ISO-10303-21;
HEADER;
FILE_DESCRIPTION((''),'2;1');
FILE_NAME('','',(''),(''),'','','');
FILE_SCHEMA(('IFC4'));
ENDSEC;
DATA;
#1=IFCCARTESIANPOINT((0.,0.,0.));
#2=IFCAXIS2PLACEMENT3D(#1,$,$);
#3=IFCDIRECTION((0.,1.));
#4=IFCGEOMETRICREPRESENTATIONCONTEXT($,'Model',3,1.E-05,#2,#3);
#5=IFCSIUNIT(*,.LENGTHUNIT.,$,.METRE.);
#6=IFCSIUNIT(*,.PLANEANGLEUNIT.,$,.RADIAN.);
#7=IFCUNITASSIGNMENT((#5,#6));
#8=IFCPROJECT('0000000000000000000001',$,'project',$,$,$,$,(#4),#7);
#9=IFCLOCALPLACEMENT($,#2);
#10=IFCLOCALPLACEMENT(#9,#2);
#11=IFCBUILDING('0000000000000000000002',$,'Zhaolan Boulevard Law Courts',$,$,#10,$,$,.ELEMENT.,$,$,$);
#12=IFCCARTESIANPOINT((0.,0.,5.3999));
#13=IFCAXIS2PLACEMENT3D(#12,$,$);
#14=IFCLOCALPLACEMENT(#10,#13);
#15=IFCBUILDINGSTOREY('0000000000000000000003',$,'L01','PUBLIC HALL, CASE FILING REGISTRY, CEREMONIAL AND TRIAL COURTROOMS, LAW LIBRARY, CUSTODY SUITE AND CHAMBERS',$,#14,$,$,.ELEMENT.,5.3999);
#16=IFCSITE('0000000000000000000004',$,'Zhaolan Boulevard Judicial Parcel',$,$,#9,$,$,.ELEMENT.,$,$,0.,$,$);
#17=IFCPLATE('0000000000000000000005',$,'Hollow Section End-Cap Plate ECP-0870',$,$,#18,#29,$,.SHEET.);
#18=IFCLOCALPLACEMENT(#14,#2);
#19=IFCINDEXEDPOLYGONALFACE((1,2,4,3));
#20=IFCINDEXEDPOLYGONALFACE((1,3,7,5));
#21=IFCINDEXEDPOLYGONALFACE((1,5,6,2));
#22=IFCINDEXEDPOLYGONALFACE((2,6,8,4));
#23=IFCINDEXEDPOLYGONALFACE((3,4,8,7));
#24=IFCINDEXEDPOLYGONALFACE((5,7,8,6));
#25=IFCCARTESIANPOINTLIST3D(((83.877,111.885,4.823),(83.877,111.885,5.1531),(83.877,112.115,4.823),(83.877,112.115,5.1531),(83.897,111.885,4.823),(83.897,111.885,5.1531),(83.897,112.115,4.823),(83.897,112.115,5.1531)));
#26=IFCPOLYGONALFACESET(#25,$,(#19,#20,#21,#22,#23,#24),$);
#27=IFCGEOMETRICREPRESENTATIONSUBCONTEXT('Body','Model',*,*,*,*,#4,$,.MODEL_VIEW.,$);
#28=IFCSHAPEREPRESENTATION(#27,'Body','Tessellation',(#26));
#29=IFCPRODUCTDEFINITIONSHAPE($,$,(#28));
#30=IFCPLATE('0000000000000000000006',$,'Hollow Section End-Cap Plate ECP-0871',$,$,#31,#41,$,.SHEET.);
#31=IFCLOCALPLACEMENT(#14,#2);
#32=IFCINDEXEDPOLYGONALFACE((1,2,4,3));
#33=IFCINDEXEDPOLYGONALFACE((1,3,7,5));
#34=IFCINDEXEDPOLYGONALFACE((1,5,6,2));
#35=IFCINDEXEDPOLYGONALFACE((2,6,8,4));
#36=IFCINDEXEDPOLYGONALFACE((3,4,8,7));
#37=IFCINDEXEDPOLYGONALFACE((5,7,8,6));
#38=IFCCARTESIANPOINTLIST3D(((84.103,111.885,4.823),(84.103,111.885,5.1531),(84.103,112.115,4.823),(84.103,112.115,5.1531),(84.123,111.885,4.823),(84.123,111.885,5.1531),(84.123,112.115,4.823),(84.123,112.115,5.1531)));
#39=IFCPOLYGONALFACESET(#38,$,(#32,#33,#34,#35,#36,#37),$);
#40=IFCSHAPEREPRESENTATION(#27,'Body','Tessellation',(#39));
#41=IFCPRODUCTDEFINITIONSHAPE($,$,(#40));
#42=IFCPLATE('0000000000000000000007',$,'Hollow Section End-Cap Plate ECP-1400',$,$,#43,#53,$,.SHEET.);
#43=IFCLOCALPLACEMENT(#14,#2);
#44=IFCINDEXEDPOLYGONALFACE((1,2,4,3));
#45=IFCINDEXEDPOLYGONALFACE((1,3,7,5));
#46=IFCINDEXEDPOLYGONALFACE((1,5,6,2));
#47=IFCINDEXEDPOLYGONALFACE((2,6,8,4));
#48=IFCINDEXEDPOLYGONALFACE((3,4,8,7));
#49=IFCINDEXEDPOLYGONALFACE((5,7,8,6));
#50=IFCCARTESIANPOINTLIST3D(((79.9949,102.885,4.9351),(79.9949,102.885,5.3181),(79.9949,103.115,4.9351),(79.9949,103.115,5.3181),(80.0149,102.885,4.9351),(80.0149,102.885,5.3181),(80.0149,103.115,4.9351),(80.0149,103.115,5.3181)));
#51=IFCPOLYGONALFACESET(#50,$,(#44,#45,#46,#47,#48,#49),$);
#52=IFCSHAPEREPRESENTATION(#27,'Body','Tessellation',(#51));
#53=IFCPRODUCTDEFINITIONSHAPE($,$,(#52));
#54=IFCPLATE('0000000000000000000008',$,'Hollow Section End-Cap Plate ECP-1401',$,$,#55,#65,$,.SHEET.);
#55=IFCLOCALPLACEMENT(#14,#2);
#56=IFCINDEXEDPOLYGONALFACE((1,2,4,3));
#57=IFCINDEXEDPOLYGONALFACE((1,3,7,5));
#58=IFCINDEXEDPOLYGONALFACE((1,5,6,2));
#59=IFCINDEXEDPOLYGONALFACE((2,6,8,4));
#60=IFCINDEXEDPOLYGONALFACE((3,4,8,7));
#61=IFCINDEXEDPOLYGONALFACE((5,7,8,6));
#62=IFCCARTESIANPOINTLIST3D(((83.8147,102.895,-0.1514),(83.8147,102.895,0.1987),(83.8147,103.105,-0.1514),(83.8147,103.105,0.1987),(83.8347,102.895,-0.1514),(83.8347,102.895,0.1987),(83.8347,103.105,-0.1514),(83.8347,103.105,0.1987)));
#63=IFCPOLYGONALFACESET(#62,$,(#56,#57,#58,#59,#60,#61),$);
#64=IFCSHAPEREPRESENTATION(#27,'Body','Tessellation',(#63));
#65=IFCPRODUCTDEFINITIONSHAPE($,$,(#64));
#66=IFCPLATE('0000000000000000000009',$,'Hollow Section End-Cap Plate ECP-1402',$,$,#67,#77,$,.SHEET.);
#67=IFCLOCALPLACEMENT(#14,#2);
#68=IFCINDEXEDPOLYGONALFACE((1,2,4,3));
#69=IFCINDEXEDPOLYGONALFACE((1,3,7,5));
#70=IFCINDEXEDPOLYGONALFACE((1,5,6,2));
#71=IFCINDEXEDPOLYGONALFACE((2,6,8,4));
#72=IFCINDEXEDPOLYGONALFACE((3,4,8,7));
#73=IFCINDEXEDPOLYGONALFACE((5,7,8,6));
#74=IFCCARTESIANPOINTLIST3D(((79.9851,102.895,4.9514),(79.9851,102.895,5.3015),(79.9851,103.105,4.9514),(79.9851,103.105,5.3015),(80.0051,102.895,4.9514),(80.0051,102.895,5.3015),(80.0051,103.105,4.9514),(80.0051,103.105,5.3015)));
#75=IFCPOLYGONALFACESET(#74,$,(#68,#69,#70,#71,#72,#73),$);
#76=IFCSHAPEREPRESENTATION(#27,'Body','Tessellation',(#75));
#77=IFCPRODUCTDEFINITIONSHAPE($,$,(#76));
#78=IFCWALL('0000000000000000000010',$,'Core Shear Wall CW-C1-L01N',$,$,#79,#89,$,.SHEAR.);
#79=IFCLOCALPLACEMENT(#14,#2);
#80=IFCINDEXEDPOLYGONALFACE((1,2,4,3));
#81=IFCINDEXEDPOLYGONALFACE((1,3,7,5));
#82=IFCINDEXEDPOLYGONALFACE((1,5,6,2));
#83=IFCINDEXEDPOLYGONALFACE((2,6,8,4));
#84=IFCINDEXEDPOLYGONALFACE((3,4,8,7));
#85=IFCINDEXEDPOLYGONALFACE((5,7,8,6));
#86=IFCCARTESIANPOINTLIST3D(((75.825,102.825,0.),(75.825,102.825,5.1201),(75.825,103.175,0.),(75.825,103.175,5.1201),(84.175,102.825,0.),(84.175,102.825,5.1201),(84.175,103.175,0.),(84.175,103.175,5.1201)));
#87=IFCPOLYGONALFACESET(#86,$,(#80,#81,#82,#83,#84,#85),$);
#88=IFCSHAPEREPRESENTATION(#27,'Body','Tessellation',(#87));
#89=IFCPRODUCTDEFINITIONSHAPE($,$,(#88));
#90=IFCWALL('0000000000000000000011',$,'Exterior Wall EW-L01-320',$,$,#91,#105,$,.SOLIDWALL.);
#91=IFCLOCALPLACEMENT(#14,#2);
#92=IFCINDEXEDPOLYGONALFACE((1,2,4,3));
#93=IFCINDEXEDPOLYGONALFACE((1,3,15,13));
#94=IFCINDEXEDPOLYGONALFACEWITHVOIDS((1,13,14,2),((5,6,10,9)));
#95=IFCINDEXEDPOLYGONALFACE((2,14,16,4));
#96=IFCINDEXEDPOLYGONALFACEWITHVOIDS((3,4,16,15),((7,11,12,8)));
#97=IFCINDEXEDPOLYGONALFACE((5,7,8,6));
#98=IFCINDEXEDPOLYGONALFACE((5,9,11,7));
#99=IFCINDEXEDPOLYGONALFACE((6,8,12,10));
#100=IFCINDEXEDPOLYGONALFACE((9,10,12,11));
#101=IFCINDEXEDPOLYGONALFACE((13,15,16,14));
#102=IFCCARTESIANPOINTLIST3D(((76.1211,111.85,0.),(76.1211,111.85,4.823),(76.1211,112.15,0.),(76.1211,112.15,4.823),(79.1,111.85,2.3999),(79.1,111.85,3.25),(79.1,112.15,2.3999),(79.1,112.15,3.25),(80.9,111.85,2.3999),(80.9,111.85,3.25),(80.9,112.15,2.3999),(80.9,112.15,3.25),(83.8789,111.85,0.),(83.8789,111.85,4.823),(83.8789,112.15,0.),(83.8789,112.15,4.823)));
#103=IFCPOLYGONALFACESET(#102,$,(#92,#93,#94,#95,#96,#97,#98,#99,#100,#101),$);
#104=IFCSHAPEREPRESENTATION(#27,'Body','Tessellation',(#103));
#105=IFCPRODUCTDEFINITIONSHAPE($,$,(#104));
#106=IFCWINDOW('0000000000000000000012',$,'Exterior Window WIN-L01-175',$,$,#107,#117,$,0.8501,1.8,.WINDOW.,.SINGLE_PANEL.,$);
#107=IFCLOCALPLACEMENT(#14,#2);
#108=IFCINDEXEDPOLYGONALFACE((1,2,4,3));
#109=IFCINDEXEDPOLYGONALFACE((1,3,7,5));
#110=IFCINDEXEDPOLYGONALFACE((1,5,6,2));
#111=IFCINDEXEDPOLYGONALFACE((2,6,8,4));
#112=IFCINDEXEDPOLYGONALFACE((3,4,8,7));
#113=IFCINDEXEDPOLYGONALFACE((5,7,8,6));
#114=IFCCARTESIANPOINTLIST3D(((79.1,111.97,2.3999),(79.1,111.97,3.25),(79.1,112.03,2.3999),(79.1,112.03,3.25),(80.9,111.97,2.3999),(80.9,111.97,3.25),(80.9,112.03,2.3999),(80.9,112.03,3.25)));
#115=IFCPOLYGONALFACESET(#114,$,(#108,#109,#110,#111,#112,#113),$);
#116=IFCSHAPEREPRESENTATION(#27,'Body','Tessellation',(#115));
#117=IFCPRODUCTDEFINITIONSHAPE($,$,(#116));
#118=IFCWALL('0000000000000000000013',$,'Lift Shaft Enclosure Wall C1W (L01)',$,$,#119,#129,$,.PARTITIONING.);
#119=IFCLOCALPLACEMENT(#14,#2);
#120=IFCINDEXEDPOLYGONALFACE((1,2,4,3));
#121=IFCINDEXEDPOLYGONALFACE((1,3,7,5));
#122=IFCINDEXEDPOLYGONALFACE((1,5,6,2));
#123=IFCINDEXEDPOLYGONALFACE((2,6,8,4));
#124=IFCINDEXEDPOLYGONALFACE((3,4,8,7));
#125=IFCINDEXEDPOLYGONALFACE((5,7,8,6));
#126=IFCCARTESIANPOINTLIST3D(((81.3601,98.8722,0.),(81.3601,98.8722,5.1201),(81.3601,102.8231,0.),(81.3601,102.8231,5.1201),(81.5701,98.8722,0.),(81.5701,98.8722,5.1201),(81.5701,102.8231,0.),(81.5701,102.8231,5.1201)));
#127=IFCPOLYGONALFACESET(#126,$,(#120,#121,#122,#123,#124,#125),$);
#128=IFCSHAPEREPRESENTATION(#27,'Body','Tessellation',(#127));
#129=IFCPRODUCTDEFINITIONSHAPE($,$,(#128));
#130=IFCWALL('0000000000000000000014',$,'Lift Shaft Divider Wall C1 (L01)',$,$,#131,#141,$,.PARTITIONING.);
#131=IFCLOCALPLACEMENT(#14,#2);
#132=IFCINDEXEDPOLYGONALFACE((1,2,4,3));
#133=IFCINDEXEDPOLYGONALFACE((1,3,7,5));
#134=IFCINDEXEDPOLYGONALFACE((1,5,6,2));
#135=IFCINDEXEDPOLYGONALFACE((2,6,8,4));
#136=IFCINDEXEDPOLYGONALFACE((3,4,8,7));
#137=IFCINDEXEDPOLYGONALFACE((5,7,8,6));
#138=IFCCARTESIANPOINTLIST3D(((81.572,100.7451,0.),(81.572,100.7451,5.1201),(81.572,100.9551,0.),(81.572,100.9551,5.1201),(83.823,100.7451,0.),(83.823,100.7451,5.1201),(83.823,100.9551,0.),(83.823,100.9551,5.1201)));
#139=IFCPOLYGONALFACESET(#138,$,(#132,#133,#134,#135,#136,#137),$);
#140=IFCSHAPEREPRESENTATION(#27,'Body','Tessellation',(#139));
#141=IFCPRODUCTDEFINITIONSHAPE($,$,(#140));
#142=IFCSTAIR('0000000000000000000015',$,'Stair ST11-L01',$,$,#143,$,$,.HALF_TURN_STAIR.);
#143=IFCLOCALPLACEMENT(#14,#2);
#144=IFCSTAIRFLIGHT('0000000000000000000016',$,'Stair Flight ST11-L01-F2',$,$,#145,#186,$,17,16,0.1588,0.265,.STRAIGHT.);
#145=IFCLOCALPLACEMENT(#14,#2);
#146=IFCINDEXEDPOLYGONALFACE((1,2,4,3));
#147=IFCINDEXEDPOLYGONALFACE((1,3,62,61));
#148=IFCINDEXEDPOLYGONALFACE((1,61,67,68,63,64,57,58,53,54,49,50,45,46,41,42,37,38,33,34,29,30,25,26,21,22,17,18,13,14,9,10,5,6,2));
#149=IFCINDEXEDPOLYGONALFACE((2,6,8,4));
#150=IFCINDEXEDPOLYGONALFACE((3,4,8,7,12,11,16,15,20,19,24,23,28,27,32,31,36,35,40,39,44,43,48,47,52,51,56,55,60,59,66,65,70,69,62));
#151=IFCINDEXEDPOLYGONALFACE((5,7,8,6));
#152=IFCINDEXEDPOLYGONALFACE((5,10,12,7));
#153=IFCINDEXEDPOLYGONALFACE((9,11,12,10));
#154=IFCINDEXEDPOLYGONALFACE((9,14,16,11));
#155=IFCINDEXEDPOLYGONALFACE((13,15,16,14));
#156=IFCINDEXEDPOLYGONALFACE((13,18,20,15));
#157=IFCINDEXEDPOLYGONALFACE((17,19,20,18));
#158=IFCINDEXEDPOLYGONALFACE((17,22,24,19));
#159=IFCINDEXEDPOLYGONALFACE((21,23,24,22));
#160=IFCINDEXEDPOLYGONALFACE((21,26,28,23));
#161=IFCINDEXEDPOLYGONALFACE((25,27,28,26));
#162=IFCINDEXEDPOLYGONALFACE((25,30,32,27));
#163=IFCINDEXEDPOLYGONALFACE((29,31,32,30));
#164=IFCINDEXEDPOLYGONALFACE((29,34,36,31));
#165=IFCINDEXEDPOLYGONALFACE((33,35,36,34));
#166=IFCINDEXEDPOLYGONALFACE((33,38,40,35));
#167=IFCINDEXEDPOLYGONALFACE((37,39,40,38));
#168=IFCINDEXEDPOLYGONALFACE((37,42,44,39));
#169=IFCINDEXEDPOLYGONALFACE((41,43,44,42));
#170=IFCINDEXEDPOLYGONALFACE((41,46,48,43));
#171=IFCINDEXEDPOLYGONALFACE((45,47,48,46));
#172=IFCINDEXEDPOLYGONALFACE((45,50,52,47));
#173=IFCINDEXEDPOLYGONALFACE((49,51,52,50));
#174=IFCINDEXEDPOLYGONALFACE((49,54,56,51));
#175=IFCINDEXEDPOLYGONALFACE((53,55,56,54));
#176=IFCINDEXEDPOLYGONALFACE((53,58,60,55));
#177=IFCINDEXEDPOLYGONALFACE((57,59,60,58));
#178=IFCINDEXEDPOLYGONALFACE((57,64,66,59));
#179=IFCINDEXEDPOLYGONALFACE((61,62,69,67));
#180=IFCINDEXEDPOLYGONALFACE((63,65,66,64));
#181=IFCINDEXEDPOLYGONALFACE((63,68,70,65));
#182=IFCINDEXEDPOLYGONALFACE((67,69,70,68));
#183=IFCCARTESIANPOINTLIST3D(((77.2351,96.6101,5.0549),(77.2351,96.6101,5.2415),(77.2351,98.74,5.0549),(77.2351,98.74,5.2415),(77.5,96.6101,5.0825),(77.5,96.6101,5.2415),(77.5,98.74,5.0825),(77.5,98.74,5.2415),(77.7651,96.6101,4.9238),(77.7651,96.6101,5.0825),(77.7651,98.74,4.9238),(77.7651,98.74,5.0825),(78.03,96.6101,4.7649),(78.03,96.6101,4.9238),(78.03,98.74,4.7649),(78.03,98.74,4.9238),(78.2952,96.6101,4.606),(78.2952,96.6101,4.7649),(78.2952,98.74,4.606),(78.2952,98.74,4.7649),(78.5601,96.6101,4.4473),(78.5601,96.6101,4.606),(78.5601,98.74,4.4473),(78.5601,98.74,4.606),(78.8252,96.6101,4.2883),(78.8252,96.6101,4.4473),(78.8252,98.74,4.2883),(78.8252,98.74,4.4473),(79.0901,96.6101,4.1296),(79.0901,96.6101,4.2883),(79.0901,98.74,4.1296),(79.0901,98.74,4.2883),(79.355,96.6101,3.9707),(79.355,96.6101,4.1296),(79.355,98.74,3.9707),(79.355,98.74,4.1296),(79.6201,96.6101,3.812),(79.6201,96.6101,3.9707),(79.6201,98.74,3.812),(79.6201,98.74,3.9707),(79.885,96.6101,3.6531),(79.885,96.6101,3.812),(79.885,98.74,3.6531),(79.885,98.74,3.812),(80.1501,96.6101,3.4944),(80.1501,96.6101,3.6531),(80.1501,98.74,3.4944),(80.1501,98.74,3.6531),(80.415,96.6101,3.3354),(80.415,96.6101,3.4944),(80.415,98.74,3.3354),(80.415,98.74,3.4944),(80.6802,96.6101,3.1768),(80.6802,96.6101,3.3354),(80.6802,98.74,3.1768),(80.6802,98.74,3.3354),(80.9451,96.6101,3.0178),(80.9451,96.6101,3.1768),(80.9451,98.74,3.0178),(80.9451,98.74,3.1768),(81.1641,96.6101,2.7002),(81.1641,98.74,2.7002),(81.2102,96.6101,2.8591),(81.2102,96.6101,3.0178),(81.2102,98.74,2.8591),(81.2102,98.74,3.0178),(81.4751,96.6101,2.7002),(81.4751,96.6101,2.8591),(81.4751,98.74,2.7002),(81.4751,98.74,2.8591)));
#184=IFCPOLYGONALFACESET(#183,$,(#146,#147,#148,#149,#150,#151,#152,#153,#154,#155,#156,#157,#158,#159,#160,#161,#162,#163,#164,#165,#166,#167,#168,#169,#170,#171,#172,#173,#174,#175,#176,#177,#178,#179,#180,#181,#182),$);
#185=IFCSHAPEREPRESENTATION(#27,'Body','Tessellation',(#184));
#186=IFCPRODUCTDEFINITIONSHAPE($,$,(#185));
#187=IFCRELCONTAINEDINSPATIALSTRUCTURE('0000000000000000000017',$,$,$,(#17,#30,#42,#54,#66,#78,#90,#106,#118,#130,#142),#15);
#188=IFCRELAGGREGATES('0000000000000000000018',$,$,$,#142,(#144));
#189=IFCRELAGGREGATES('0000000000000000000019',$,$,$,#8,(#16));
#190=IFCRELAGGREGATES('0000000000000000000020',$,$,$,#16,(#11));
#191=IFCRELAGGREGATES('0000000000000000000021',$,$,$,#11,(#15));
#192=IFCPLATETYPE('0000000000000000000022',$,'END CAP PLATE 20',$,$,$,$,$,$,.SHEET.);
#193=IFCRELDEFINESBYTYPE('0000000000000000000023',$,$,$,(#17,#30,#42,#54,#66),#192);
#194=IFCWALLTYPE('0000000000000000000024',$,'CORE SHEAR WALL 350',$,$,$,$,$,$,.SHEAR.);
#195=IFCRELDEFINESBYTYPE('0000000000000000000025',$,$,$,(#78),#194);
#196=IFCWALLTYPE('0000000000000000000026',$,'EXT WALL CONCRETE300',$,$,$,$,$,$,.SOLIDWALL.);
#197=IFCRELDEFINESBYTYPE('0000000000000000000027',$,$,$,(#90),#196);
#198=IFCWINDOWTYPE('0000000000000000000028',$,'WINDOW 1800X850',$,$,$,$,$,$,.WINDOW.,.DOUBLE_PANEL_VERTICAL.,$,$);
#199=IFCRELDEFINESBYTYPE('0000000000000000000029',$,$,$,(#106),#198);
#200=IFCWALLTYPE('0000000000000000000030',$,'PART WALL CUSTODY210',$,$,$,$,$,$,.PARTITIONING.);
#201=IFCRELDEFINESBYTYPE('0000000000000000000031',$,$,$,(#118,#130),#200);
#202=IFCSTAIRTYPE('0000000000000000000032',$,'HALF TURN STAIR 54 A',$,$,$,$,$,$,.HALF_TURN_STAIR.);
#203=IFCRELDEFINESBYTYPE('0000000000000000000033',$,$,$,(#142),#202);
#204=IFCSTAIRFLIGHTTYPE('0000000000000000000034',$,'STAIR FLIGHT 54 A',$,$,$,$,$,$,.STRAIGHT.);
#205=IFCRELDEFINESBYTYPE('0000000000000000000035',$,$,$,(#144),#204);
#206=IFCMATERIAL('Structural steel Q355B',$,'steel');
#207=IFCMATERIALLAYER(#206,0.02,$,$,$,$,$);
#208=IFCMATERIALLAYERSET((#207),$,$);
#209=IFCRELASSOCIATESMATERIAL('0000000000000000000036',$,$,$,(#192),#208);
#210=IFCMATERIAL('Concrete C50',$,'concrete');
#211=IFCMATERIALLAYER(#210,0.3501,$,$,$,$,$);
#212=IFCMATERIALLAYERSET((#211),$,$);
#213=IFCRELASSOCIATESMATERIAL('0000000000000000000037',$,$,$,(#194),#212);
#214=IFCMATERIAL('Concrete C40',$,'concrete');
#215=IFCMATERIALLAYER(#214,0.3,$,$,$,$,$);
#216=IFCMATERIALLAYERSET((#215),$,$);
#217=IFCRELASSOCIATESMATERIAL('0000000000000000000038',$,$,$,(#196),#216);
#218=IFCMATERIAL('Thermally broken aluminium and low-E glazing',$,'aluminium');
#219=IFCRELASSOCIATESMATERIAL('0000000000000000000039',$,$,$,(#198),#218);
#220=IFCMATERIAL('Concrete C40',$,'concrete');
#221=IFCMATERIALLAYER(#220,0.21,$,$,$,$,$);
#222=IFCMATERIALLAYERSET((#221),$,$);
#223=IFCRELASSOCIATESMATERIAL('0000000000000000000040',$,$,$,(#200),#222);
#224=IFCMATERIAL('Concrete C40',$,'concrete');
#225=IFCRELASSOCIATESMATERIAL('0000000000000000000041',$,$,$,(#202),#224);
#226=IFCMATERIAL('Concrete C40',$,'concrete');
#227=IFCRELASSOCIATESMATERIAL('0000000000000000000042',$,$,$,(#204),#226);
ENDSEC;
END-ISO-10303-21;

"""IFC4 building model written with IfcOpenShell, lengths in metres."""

from ifc_helpers import new_model, si_unit, direction, frame, frame_2d, origin, origin_2d, place, context, subcontext, project, spatial, polyline, rectangle, outline, extrude, material, layer, layer_set, type_object, element, fill, aggregate, save


model = new_model("IFC4")

# Units and contexts
model_context = context("Model", 3, precision=1e-05, world=origin(), true_north=direction((0.0, 1.0)))
body_context = subcontext(model_context, "Body", "Model", "MODEL_VIEW")
ifc_project = project(units=[si_unit("LENGTHUNIT", "METRE"), si_unit("PLANEANGLEUNIT", "RADIAN")], contexts=[model_context])

# Site, building, storey
site_placement = place(None, origin())
site = spatial("IfcSite", under=ifc_project, at=site_placement, Name="Zhaolan Boulevard Judicial Parcel", CompositionType="ELEMENT", RefElevation=0.0)
building_placement = place(site_placement, origin())
building = spatial("IfcBuilding", under=site, at=building_placement, Name="Zhaolan Boulevard Law Courts", CompositionType="ELEMENT")
storey_placement = place(building_placement, frame((0.0, 0.0, 5.3999)))
storey = spatial("IfcBuildingStorey", under=building, at=storey_placement, Name="L01", Description="PUBLIC HALL, CASE FILING REGISTRY, CEREMONIAL AND TRIAL COURTROOMS, LAW LIBRARY, CUSTODY SUITE AND CHAMBERS", CompositionType="ELEMENT", Elevation=5.3999)

# Plates
ifc_material_1 = material(Name="Structural steel Q355B", Category="steel")
ifc_layer_1 = layer(ifc_material_1, 0.02)
ifc_layer_set_1 = layer_set([ifc_layer_1])
plate_type_1 = type_object("IfcPlateType", Name="END CAP PLATE 20", PredefinedType="SHEET", material=ifc_layer_set_1)
for number, where, z_axis, x_axis, name in (
    (1, (83.887, 112.0, 4.823), (0.0, 0.0, 1.0), (1.0, 0.0, 0.0), "Hollow Section End-Cap Plate ECP-0870"),
    (2, (84.113, 112.0, 4.823), (0.0, 0.0, 1.0), (1.0, 0.0, 0.0), "Hollow Section End-Cap Plate ECP-0871"),
):
    element("IfcPlate", number, at=place(storey_placement, frame(where, z_axis=z_axis, x_axis=x_axis)), inside=storey, type_object=plate_type_1, Name=name, PredefinedType="SHEET", context=body_context, shape_type="SweptSolid", body=[
        extrude(rectangle(XDim=0.02, YDim=0.23, at=origin_2d()), origin(), (0.0, 0.0, 1.0), 0.3301),
    ])
plate_placement = place(storey_placement, frame((80.0049, 103.0, 4.9351), z_axis=(0.0, 0.0, 1.0), x_axis=(1.0, 0.0, 0.0)))
element("IfcPlate", 3, at=plate_placement, inside=storey, type_object=plate_type_1, Name="Hollow Section End-Cap Plate ECP-1400", PredefinedType="SHEET", context=body_context, shape_type="SweptSolid", body=[
    extrude(rectangle(XDim=0.02, YDim=0.23, at=origin_2d()), origin(), (0.0, 0.0, 1.0), 0.3831),
])
for number, where, z_axis, x_axis, name in (
    (4, (83.8247, 103.0, -0.1514), (0.0, 0.0, 1.0), (-1.0, 0.0, 0.0), "Hollow Section End-Cap Plate ECP-1401"),
    (5, (79.9951, 103.0, 4.9514), (0.0, 0.0, 1.0), (-1.0, 0.0, 0.0), "Hollow Section End-Cap Plate ECP-1402"),
):
    element("IfcPlate", number, at=place(storey_placement, frame(where, z_axis=z_axis, x_axis=x_axis)), inside=storey, type_object=plate_type_1, Name=name, PredefinedType="SHEET", context=body_context, shape_type="SweptSolid", body=[
        extrude(rectangle(XDim=0.02, YDim=0.21, at=origin_2d()), origin(), (0.0, 0.0, 1.0), 0.3501),
    ])

# Wall
ifc_material_2 = material(Name="Concrete C50", Category="concrete")
ifc_layer_2 = layer(ifc_material_2, 0.3501)
ifc_layer_set_2 = layer_set([ifc_layer_2])
wall_type_1 = type_object("IfcWallType", Name="CORE SHEAR WALL 350", PredefinedType="SHEAR", material=ifc_layer_set_2)
wall_1_placement = place(storey_placement, frame((84.175, 103.0, 0.0), z_axis=(0.0, 0.0, 1.0), x_axis=(-1.0, 0.0, 0.0)))
element("IfcWall", 6, at=wall_1_placement, inside=storey, type_object=wall_type_1, Name="Core Shear Wall CW-C1-L01N", PredefinedType="SHEAR", context=body_context, shape_type="SweptSolid", body=[
    extrude(rectangle(XDim=8.3501, YDim=0.3501, at=frame_2d((4.175, 0.0))), origin(), (0.0, 0.0, 1.0), 5.1201),
])

# Wall, opening, window
ifc_material_3 = material(Name="Concrete C40", Category="concrete")
ifc_layer_3 = layer(ifc_material_3, 0.3)
ifc_layer_set_3 = layer_set([ifc_layer_3])
wall_type_2 = type_object("IfcWallType", Name="EXT WALL CONCRETE300", PredefinedType="SOLIDWALL", material=ifc_layer_set_3)
wall_2_placement = place(storey_placement, frame((83.8789, 112.0, 0.0), z_axis=(0.0, 0.0, 1.0), x_axis=(-1.0, 0.0, 0.0)))
wall_2 = element("IfcWall", 7, at=wall_2_placement, inside=storey, type_object=wall_type_2, Name="Exterior Wall EW-L01-320", PredefinedType="SOLIDWALL", context=body_context, shape_type="SweptSolid", body=[
    extrude(rectangle(XDim=7.7578, YDim=0.3, at=frame_2d((3.8789, 0.0))), origin(), (0.0, 0.0, 1.0), 4.823),
])
opening_placement = place(wall_2_placement, frame((2.979, 0.0, 2.3999)))
opening = element("IfcOpeningElement", 8, at=opening_placement, cuts=wall_2, PredefinedType="OPENING", context=body_context, shape_type="SweptSolid", body=[
    extrude(rectangle(XDim=1.8, YDim=0.8501, at=frame_2d((0.8999, 0.425))), frame((0.0, 0.1599, 0.0), z_axis=(0.0, -1.0, 0.0), x_axis=(1.0, 0.0, 0.0)), (0.0, 0.0, 1.0), 0.3201),
])
ifc_material_4 = material(Name="Thermally broken aluminium and low-E glazing", Category="aluminium")
window_type = type_object("IfcWindowType", Name="WINDOW 1800X850", PartitioningType="DOUBLE_PANEL_VERTICAL", PredefinedType="WINDOW", material=ifc_material_4)
window_placement = place(opening_placement, origin())
window = element("IfcWindow", 9, at=window_placement, inside=storey, type_object=window_type, Name="Exterior Window WIN-L01-175", OverallHeight=0.8501, OverallWidth=1.8, PartitioningType="SINGLE_PANEL", PredefinedType="WINDOW", context=body_context, shape_type="SweptSolid", body=[
    extrude(rectangle(XDim=1.8, YDim=0.8501, at=frame_2d((0.8999, 0.425))), frame((0.0, 0.03, 0.0), z_axis=(0.0, -1.0, 0.0), x_axis=(1.0, 0.0, 0.0)), (0.0, 0.0, 1.0), 0.0601),
])
fill(opening, window)

# Walls
ifc_material_5 = material(Name="Concrete C40", Category="concrete")
ifc_layer_4 = layer(ifc_material_5, 0.21)
ifc_layer_set_4 = layer_set([ifc_layer_4])
wall_type_3 = type_object("IfcWallType", Name="PART WALL CUSTODY210", PredefinedType="PARTITIONING", material=ifc_layer_set_4)
wall_3_placement = place(storey_placement, frame((81.4651, 98.8721, 0.0), z_axis=(0.0, 0.0, 1.0), x_axis=(0.0, 1.0, 0.0)))
element("IfcWall", 10, at=wall_3_placement, inside=storey, type_object=wall_type_3, Name="Lift Shaft Enclosure Wall C1W (L01)", PredefinedType="PARTITIONING", context=body_context, shape_type="SweptSolid", body=[
    extrude(rectangle(XDim=3.9509, YDim=0.21, at=frame_2d((1.9756, 0.0))), origin(), (0.0, 0.0, 1.0), 5.1201),
])
wall_4_placement = place(storey_placement, frame((81.572, 100.8501, 0.0), z_axis=(0.0, 0.0, 1.0), x_axis=(1.0, 0.0, 0.0)))
element("IfcWall", 11, at=wall_4_placement, inside=storey, type_object=wall_type_3, Name="Lift Shaft Divider Wall C1 (L01)", PredefinedType="PARTITIONING", context=body_context, shape_type="SweptSolid", body=[
    extrude(rectangle(XDim=2.251, YDim=0.21, at=frame_2d((1.1255, 0.0))), origin(), (0.0, 0.0, 1.0), 5.1201),
])

# Stair, stair flight
ifc_material_6 = material(Name="Concrete C40", Category="concrete")
stair_type = type_object("IfcStairType", Name="HALF TURN STAIR 54 A", PredefinedType="HALF_TURN_STAIR", material=ifc_material_6)
stair_placement = place(storey_placement, origin())
stair = element("IfcStair", 12, at=stair_placement, inside=storey, type_object=stair_type, Name="Stair ST11-L01", PredefinedType="HALF_TURN_STAIR")
ifc_material_7 = material(Name="Concrete C40", Category="concrete")
stair_flight_type = type_object("IfcStairFlightType", Name="STAIR FLIGHT 54 A", PredefinedType="STRAIGHT", material=ifc_material_7)
stair_flight_placement = place(storey_placement, frame((81.4751, 97.675, 2.7002), z_axis=(0.0, 0.0, 1.0), x_axis=(-1.0, 0.0, 0.0)))
stair_flight = element("IfcStairFlight", 13, at=stair_flight_placement, type_object=stair_flight_type, Name="Stair Flight ST11-L01-F2", NumberOfRisers=17, NumberOfTreads=16, PredefinedType="STRAIGHT", RiserHeight=0.1588, TreadLength=0.265, context=body_context, shape_type="SweptSolid", body=[
    extrude(outline(polyline([(0.0, 0.0), (0.0, 0.1589), (0.2649, 0.1589), (0.2649, 0.3176), (0.53, 0.3176), (0.53, 0.4766), (0.7949, 0.4766), (0.7949, 0.6353), (1.0601, 0.6353), (1.0601, 0.7942), (1.325, 0.7942), (1.325, 0.9529), (1.5901, 0.9529), (1.5901, 1.1118), (1.855, 1.1118), (1.855, 1.2705), (2.1201, 1.2705), (2.1201, 1.4294), (2.385, 1.4294), (2.385, 1.5881), (2.6499, 1.5881), (2.6499, 1.7471), (2.915, 1.7471), (2.915, 1.9058), (3.1799, 1.9058), (3.1799, 2.0647), (3.4451, 2.0647), (3.4451, 2.2236), (3.71, 2.2236), (3.71, 2.3823), (3.9751, 2.3823), (3.9751, 2.5413), (4.24, 2.5413), (4.24, 2.7), (4.24, 2.3547), (0.311, 0.0), (0.0, 0.0)])), frame((0.0, 1.0649, 0.0), z_axis=(0.0, -1.0, 0.0), x_axis=(1.0, 0.0, 0.0)), (0.0, 0.0, 1.0), 2.1299),
])
aggregate(stair, [stair_flight])

save(model, "model.ifc")
